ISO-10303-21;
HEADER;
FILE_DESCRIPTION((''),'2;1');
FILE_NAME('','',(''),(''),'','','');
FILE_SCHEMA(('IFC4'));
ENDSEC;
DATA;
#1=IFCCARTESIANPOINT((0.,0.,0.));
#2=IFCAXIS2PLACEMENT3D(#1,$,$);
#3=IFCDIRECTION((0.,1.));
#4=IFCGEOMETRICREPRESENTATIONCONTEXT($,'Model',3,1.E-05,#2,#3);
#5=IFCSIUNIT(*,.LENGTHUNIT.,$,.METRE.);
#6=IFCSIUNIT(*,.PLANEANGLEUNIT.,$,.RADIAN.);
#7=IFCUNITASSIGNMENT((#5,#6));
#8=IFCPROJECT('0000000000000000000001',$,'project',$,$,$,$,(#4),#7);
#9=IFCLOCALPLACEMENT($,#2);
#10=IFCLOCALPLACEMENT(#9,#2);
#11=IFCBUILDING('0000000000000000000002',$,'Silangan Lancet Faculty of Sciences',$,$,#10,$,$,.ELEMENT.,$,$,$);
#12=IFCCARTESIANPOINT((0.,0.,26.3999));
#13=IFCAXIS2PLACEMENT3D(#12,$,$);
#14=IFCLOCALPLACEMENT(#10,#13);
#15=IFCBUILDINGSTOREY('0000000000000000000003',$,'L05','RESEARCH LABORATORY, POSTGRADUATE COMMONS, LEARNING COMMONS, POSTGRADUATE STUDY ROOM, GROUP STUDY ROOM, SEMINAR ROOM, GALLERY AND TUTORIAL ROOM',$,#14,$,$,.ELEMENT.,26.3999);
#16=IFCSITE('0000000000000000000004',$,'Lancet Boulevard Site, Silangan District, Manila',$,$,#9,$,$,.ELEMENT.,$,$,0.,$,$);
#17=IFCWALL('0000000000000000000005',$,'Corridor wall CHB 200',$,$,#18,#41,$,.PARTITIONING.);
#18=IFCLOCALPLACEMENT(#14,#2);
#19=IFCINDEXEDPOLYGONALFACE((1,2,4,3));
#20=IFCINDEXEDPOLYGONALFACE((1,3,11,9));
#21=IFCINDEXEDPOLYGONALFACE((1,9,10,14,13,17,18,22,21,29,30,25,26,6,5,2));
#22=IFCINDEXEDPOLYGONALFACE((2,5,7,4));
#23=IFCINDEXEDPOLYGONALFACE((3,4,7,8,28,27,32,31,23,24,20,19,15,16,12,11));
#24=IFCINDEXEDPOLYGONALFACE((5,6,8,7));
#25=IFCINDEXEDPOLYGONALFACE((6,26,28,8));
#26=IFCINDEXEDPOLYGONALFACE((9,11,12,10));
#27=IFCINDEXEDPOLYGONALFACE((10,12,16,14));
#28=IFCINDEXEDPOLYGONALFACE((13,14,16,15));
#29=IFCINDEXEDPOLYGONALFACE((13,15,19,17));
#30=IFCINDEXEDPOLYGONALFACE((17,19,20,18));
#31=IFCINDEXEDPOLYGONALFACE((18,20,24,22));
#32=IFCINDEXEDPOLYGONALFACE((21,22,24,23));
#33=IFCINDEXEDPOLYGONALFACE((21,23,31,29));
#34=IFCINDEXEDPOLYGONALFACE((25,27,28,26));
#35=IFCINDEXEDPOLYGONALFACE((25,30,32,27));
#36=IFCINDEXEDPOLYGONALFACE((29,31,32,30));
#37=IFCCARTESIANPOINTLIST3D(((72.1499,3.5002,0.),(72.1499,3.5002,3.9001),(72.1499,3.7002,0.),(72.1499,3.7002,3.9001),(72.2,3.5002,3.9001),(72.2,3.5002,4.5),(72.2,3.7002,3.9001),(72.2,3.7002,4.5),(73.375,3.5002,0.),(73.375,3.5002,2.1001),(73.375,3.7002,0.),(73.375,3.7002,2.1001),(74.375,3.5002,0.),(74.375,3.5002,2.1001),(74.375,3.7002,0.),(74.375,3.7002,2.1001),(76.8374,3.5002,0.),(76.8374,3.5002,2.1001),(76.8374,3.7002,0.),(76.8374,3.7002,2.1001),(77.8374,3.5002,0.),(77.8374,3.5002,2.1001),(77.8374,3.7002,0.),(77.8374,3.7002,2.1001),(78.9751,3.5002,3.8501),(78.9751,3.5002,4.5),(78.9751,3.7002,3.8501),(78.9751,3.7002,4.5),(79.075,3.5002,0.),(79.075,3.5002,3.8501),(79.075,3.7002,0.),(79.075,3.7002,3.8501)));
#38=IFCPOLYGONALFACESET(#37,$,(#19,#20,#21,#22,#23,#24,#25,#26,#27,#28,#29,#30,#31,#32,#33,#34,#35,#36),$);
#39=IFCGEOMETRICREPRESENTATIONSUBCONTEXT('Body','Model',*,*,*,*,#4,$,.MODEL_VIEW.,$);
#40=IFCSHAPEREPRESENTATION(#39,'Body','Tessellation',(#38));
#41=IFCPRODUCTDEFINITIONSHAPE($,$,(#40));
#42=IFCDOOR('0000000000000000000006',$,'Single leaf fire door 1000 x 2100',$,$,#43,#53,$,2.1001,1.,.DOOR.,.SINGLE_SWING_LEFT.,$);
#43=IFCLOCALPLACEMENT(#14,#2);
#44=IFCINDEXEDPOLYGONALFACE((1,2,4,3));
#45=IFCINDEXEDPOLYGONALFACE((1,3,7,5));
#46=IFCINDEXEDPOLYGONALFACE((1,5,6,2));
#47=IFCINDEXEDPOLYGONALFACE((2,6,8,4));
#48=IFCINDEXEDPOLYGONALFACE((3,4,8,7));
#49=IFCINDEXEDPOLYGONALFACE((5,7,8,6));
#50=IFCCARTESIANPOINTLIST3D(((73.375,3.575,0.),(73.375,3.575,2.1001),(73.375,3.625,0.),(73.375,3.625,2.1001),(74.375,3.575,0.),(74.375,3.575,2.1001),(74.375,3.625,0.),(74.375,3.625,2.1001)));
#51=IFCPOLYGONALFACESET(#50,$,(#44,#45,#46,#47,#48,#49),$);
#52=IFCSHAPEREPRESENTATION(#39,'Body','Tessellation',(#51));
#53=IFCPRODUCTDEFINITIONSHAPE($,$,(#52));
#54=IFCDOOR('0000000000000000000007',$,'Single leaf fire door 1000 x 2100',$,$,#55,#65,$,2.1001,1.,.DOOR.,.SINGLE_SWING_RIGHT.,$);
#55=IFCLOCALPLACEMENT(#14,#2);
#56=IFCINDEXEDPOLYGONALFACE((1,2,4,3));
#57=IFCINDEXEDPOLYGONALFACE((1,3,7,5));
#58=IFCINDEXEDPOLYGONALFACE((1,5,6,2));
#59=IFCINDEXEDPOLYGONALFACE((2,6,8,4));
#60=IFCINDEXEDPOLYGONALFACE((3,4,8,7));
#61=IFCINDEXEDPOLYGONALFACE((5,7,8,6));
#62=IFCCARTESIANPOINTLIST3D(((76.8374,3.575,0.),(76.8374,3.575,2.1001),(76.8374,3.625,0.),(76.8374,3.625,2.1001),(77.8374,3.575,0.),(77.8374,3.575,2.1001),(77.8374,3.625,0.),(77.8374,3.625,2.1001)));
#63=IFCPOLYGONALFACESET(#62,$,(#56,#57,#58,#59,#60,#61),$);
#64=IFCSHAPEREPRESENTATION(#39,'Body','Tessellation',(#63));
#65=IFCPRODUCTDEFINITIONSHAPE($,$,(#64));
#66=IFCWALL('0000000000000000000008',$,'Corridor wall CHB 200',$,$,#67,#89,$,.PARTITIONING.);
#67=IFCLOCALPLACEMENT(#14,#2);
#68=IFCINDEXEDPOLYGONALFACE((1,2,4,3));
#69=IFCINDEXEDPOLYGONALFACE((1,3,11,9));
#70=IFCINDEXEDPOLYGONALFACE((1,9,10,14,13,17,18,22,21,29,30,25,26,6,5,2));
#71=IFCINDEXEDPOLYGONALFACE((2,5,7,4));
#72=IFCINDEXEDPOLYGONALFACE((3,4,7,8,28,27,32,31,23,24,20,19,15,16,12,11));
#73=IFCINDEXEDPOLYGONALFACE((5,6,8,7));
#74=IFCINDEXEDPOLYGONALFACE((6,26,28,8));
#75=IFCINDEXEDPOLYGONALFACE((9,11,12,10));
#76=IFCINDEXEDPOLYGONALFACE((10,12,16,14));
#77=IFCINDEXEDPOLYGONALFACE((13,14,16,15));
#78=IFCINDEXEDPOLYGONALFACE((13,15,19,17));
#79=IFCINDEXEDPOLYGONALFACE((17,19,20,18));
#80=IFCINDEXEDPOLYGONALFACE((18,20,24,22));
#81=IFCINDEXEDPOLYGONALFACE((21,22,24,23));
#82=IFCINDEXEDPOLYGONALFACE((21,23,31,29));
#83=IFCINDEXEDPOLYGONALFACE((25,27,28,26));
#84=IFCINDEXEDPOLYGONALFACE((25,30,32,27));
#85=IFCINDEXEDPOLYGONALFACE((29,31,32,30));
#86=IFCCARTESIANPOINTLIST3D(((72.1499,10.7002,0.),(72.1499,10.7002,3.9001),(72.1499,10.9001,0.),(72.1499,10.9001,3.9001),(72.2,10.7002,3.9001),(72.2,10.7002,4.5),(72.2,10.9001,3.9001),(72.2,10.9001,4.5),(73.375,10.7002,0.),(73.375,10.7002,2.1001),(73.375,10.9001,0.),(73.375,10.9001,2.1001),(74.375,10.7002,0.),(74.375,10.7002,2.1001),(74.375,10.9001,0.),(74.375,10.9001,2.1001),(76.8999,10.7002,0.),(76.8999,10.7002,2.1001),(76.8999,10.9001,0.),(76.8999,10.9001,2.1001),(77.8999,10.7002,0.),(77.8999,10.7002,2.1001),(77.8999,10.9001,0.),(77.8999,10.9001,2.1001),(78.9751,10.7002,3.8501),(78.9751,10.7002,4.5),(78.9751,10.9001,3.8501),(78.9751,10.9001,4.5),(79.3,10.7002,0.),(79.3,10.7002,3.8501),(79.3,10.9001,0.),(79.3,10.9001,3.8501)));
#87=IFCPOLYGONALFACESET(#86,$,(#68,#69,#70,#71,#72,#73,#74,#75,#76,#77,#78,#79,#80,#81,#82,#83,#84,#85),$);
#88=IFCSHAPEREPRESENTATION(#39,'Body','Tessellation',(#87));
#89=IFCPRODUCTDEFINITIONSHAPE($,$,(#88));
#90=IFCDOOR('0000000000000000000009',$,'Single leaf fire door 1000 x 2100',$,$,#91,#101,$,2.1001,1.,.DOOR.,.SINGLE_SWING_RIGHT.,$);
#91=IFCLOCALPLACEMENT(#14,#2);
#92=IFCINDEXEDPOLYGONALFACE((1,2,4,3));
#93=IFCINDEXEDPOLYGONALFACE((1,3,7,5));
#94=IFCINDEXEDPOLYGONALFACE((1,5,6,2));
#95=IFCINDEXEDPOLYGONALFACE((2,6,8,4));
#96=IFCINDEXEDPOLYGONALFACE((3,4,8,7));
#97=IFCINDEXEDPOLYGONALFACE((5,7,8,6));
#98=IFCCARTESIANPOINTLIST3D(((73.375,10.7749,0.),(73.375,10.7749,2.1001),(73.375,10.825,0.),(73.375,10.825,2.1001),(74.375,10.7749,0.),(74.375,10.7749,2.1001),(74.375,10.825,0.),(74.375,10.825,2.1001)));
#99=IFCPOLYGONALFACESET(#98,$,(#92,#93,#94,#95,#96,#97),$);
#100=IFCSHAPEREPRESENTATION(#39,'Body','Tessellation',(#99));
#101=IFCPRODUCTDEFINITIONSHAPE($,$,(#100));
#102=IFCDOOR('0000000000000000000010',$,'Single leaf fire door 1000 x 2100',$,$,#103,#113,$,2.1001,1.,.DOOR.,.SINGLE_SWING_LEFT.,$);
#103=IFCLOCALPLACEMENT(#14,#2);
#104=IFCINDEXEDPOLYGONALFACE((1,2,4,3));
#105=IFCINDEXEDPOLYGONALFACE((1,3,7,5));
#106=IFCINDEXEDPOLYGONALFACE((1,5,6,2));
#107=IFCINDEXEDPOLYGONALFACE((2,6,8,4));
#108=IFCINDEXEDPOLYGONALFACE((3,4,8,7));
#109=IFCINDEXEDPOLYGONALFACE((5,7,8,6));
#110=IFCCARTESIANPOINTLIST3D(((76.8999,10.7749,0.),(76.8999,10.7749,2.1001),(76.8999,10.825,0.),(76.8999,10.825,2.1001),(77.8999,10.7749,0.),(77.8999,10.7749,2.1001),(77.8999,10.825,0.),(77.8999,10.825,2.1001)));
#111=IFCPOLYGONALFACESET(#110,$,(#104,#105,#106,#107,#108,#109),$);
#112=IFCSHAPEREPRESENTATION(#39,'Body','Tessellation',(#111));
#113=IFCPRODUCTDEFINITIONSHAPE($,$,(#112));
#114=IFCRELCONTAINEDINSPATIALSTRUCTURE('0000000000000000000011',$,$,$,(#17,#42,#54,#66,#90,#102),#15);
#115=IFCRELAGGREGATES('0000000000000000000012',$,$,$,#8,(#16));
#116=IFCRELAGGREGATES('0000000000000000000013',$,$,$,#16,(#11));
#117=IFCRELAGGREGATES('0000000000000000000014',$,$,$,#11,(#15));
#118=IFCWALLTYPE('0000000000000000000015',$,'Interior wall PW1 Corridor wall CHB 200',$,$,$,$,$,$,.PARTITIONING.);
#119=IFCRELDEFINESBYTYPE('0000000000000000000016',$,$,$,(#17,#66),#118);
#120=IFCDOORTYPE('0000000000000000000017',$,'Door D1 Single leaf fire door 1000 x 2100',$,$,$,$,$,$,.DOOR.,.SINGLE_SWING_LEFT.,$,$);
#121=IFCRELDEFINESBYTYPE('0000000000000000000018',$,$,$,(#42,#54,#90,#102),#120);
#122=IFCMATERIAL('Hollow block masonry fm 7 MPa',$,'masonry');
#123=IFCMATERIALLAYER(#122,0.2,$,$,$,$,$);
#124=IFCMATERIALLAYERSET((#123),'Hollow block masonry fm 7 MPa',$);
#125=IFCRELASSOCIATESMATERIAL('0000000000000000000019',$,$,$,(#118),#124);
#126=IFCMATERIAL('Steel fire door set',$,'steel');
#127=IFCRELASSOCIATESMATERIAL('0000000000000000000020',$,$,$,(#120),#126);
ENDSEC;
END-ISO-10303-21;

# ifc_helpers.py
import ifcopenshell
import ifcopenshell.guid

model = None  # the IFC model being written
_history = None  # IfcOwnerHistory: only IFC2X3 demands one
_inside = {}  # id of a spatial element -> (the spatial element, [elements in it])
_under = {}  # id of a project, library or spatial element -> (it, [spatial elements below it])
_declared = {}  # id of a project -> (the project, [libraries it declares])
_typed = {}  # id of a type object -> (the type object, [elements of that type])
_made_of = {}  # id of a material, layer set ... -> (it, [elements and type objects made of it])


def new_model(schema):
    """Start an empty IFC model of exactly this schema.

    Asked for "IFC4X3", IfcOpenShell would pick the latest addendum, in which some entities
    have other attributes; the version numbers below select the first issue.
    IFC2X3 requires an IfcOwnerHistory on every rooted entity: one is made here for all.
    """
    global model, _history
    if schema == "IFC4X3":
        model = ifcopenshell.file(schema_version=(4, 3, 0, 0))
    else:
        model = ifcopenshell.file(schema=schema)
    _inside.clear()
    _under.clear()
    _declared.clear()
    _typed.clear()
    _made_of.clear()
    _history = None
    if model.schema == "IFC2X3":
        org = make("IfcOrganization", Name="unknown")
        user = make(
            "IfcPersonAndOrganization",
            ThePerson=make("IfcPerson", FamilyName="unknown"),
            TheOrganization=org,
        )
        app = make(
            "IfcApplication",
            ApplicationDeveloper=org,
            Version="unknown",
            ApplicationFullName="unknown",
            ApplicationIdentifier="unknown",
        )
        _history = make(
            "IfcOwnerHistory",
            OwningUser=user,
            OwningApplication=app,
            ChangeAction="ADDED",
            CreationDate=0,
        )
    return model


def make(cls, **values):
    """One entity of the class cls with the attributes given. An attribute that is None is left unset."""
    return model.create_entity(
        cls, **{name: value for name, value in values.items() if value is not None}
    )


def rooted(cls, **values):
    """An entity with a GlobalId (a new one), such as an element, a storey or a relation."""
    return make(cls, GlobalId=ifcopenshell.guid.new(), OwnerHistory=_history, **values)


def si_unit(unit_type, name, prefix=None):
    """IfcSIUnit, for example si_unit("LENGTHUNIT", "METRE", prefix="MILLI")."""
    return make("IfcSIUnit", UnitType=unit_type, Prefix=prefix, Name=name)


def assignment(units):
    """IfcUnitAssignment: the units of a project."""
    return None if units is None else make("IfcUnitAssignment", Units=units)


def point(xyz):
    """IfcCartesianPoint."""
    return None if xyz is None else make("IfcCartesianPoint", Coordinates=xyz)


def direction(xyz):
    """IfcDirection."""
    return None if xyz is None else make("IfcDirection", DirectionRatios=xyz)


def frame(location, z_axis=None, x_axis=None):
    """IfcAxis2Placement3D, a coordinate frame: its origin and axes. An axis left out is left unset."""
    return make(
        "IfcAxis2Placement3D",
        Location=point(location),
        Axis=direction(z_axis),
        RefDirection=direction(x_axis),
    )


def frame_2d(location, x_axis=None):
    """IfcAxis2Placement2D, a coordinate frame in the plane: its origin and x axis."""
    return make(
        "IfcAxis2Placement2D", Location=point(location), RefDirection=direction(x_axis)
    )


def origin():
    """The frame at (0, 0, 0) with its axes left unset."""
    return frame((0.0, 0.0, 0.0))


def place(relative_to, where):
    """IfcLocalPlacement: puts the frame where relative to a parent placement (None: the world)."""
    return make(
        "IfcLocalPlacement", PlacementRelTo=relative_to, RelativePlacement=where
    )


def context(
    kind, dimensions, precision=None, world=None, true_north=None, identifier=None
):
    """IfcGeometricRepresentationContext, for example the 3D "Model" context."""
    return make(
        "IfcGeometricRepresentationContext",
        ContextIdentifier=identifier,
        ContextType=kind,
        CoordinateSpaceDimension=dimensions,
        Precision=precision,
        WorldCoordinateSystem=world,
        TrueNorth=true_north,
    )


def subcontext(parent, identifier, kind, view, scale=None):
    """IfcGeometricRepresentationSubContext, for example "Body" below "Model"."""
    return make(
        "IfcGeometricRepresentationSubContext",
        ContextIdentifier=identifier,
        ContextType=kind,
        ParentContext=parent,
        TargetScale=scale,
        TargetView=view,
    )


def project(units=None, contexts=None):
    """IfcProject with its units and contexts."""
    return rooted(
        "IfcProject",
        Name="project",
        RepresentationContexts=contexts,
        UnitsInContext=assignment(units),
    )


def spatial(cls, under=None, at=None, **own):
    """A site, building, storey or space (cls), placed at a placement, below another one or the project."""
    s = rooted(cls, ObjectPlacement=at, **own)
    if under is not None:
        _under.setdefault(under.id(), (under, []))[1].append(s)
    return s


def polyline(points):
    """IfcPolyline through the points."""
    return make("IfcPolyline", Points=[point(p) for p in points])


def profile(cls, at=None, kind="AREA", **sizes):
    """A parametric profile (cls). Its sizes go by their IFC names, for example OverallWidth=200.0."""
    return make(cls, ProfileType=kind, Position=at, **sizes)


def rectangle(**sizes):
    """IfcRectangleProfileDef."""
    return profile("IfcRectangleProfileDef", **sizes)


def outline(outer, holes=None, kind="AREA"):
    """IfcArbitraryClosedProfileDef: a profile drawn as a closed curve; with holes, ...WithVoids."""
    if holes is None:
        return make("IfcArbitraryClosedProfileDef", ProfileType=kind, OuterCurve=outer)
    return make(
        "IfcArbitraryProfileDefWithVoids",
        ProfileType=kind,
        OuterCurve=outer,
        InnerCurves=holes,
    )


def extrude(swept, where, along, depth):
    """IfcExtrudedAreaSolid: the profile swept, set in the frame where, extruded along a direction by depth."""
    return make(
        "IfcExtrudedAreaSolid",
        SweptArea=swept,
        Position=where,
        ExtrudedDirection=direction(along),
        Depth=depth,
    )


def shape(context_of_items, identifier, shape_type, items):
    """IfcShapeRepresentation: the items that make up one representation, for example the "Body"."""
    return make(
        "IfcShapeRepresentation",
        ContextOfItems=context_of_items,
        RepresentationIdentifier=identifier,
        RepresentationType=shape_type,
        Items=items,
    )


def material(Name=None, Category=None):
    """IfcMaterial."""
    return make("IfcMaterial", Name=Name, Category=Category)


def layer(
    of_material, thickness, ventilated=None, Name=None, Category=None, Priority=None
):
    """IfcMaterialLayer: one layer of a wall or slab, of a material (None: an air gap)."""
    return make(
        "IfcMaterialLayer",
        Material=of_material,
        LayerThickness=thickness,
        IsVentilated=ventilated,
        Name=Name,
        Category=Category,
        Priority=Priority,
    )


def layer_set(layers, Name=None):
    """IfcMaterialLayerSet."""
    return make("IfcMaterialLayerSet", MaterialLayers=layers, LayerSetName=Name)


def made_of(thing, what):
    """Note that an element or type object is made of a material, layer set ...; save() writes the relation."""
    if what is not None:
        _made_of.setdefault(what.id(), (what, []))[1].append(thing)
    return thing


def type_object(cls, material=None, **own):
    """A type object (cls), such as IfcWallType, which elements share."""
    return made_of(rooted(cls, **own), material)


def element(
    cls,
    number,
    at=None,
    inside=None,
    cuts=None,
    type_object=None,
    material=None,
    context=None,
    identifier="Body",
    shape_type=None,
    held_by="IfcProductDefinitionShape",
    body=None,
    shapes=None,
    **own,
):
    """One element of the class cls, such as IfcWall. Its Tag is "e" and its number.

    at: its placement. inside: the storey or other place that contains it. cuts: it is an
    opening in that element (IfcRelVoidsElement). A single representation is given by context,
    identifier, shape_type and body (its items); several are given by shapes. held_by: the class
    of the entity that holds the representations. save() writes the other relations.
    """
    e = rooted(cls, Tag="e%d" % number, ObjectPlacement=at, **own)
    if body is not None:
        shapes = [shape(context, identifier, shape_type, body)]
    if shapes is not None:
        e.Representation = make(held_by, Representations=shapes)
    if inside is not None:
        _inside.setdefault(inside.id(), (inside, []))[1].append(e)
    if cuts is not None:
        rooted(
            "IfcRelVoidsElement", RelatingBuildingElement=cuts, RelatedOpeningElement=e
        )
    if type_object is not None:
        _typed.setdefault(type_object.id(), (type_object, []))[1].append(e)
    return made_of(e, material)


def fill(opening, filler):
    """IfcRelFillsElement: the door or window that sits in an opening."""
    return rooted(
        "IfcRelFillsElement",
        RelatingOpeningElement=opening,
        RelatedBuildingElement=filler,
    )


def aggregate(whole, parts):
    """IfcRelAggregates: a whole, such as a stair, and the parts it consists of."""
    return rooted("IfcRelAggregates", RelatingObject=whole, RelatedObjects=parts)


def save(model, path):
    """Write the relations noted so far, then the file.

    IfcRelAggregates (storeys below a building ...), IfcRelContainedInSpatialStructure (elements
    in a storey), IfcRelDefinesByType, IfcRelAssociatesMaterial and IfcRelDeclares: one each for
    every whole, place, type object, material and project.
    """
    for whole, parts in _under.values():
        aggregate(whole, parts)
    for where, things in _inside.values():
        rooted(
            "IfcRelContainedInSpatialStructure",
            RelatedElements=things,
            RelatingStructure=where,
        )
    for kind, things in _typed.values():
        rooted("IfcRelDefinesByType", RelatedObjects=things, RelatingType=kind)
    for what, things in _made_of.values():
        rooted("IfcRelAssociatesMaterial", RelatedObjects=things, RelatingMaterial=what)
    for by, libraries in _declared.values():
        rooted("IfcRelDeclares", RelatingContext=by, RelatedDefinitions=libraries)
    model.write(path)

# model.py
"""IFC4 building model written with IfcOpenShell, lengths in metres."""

from ifc_helpers import new_model, si_unit, direction, frame, frame_2d, origin, place, context, subcontext, project, spatial, polyline, rectangle, outline, extrude, material, layer, layer_set, type_object, element, fill, save


model = new_model("IFC4")

# Units and contexts
model_context = context("Model", 3, precision=1e-05, world=origin(), true_north=direction((0.0, 1.0)))
body_context = subcontext(model_context, "Body", "Model", "MODEL_VIEW")
ifc_project = project(units=[si_unit("LENGTHUNIT", "METRE"), si_unit("PLANEANGLEUNIT", "RADIAN")], contexts=[model_context])

# Site, building, storey
site_placement = place(None, origin())
site = spatial("IfcSite", under=ifc_project, at=site_placement, Name="Lancet Boulevard Site, Silangan District, Manila", CompositionType="ELEMENT", RefElevation=0.0)
building_placement = place(site_placement, origin())
building = spatial("IfcBuilding", under=site, at=building_placement, Name="Silangan Lancet Faculty of Sciences", CompositionType="ELEMENT")
storey_placement = place(building_placement, frame((0.0, 0.0, 26.3999)))
storey = spatial("IfcBuildingStorey", under=building, at=storey_placement, Name="L05", Description="RESEARCH LABORATORY, POSTGRADUATE COMMONS, LEARNING COMMONS, POSTGRADUATE STUDY ROOM, GROUP STUDY ROOM, SEMINAR ROOM, GALLERY AND TUTORIAL ROOM", CompositionType="ELEMENT", Elevation=26.3999)

# Walls, openings, doors
ifc_material_1 = material(Name="Hollow block masonry fm 7 MPa", Category="masonry")
ifc_layer_1 = layer(ifc_material_1, 0.2)
ifc_layer_set_1 = layer_set([ifc_layer_1], Name="Hollow block masonry fm 7 MPa")
wall_type_1 = type_object("IfcWallType", Name="Interior wall PW1 Corridor wall CHB 200", PredefinedType="PARTITIONING", material=ifc_layer_set_1)
wall_1_placement = place(storey_placement, frame((72.1499, 3.6001, 0.0), z_axis=(0.0, 0.0, 1.0), x_axis=(1.0, 0.0, 0.0)))
wall_1 = element("IfcWall", 1, at=wall_1_placement, inside=storey, type_object=wall_type_1, Name="Corridor wall CHB 200", PredefinedType="PARTITIONING", context=body_context, shape_type="SweptSolid", body=[
    extrude(outline(polyline([(0.0, 0.0), (6.925, 0.0), (6.925, 3.8501), (6.8252, 3.8501), (6.8252, 4.5), (0.05, 4.5), (0.05, 3.9001), (0.0, 3.9001), (0.0, 0.0)])), frame((0.0, 0.1001, 0.0), z_axis=(0.0, -1.0, 0.0), x_axis=(1.0, 0.0, 0.0)), (0.0, 0.0, 1.0), 0.2),
])
opening_1_placement = place(wall_1_placement, frame((1.2251, 0.0, 0.0)))
opening_1 = element("IfcOpeningElement", 2, at=opening_1_placement, cuts=wall_1, PredefinedType="OPENING", context=body_context, shape_type="SweptSolid", body=[
    extrude(rectangle(XDim=1.0, YDim=2.1001, at=frame_2d((0.5, 1.05))), frame((0.0, 0.1099, 0.0), z_axis=(0.0, -1.0, 0.0), x_axis=(1.0, 0.0, 0.0)), (0.0, 0.0, 1.0), 0.22),
])
opening_2_placement = place(wall_1_placement, frame((4.6875, 0.0, 0.0)))
opening_2 = element("IfcOpeningElement", 3, at=opening_2_placement, cuts=wall_1, PredefinedType="OPENING", context=body_context, shape_type="SweptSolid", body=[
    extrude(rectangle(XDim=1.0, YDim=2.1001, at=frame_2d((0.5, 1.05))), frame((0.0, 0.1099, 0.0), z_axis=(0.0, -1.0, 0.0), x_axis=(1.0, 0.0, 0.0)), (0.0, 0.0, 1.0), 0.22),
])
ifc_material_2 = material(Name="Steel fire door set", Category="steel")
door_type = type_object("IfcDoorType", Name="Door D1 Single leaf fire door 1000 x 2100", OperationType="SINGLE_SWING_LEFT", PredefinedType="DOOR", material=ifc_material_2)
door_1_placement = place(opening_1_placement, frame((1.0, 0.0, 0.0), z_axis=(0.0, 0.0, 1.0), x_axis=(-1.0, 0.0, 0.0)))
door_1 = element("IfcDoor", 4, at=door_1_placement, inside=storey, type_object=door_type, Name="Single leaf fire door 1000 x 2100", OperationType="SINGLE_SWING_LEFT", OverallHeight=2.1001, OverallWidth=1.0, PredefinedType="DOOR", context=body_context, shape_type="SweptSolid", body=[
    extrude(rectangle(XDim=1.0, YDim=2.1001, at=frame_2d((0.5, 1.05))), frame((0.0, 0.0251, 0.0), z_axis=(0.0, -1.0, 0.0), x_axis=(1.0, 0.0, 0.0)), (0.0, 0.0, 1.0), 0.05),
])
fill(opening_1, door_1)
door_2_placement = place(opening_2_placement, frame((1.0, 0.0, 0.0), z_axis=(0.0, 0.0, 1.0), x_axis=(-1.0, 0.0, 0.0)))
door_2 = element("IfcDoor", 5, at=door_2_placement, inside=storey, type_object=door_type, Name="Single leaf fire door 1000 x 2100", OperationType="SINGLE_SWING_RIGHT", OverallHeight=2.1001, OverallWidth=1.0, PredefinedType="DOOR", context=body_context, shape_type="SweptSolid", body=[
    extrude(rectangle(XDim=1.0, YDim=2.1001, at=frame_2d((0.5, 1.05))), frame((0.0, 0.0251, 0.0), z_axis=(0.0, -1.0, 0.0), x_axis=(1.0, 0.0, 0.0)), (0.0, 0.0, 1.0), 0.05),
])
fill(opening_2, door_2)
wall_2_placement = place(storey_placement, frame((72.1499, 10.8, 0.0), z_axis=(0.0, 0.0, 1.0), x_axis=(1.0, 0.0, 0.0)))
wall_2 = element("IfcWall", 6, at=wall_2_placement, inside=storey, type_object=wall_type_1, Name="Corridor wall CHB 200", PredefinedType="PARTITIONING", context=body_context, shape_type="SweptSolid", body=[
    extrude(outline(polyline([(0.0, 0.0), (7.1501, 0.0), (7.1501, 3.8501), (6.8252, 3.8501), (6.8252, 4.5), (0.05, 4.5), (0.05, 3.9001), (0.0, 3.9001), (0.0, 0.0)])), frame((0.0, 0.1001, 0.0), z_axis=(0.0, -1.0, 0.0), x_axis=(1.0, 0.0, 0.0)), (0.0, 0.0, 1.0), 0.2),
])
opening_3_placement = place(wall_2_placement, frame((1.2251, 0.0, 0.0)))
opening_3 = element("IfcOpeningElement", 7, at=opening_3_placement, cuts=wall_2, PredefinedType="OPENING", context=body_context, shape_type="SweptSolid", body=[
    extrude(rectangle(XDim=1.0, YDim=2.1001, at=frame_2d((0.5, 1.05))), frame((0.0, 0.1099, 0.0), z_axis=(0.0, -1.0, 0.0), x_axis=(1.0, 0.0, 0.0)), (0.0, 0.0, 1.0), 0.22),
])
opening_4_placement = place(wall_2_placement, frame((4.75, 0.0, 0.0)))
opening_4 = element("IfcOpeningElement", 8, at=opening_4_placement, cuts=wall_2, PredefinedType="OPENING", context=body_context, shape_type="SweptSolid", body=[
    extrude(rectangle(XDim=1.0, YDim=2.1001, at=frame_2d((0.5, 1.05))), frame((0.0, 0.1099, 0.0), z_axis=(0.0, -1.0, 0.0), x_axis=(1.0, 0.0, 0.0)), (0.0, 0.0, 1.0), 0.22),
])
door_3_placement = place(opening_3_placement, origin())
door_3 = element("IfcDoor", 9, at=door_3_placement, inside=storey, type_object=door_type, Name="Single leaf fire door 1000 x 2100", OperationType="SINGLE_SWING_RIGHT", OverallHeight=2.1001, OverallWidth=1.0, PredefinedType="DOOR", context=body_context, shape_type="SweptSolid", body=[
    extrude(rectangle(XDim=1.0, YDim=2.1001, at=frame_2d((0.5, 1.05))), frame((0.0, 0.0249, 0.0), z_axis=(0.0, -1.0, 0.0), x_axis=(1.0, 0.0, 0.0)), (0.0, 0.0, 1.0), 0.05),
])
fill(opening_3, door_3)
door_4_placement = place(opening_4_placement, origin())
door_4 = element("IfcDoor", 10, at=door_4_placement, inside=storey, type_object=door_type, Name="Single leaf fire door 1000 x 2100", OperationType="SINGLE_SWING_LEFT", OverallHeight=2.1001, OverallWidth=1.0, PredefinedType="DOOR", context=body_context, shape_type="SweptSolid", body=[
    extrude(rectangle(XDim=1.0, YDim=2.1001, at=frame_2d((0.5, 1.05))), frame((0.0, 0.0249, 0.0), z_axis=(0.0, -1.0, 0.0), x_axis=(1.0, 0.0, 0.0)), (0.0, 0.0, 1.0), 0.05),
])
fill(opening_4, door_4)

save(model, "model.ifc")
